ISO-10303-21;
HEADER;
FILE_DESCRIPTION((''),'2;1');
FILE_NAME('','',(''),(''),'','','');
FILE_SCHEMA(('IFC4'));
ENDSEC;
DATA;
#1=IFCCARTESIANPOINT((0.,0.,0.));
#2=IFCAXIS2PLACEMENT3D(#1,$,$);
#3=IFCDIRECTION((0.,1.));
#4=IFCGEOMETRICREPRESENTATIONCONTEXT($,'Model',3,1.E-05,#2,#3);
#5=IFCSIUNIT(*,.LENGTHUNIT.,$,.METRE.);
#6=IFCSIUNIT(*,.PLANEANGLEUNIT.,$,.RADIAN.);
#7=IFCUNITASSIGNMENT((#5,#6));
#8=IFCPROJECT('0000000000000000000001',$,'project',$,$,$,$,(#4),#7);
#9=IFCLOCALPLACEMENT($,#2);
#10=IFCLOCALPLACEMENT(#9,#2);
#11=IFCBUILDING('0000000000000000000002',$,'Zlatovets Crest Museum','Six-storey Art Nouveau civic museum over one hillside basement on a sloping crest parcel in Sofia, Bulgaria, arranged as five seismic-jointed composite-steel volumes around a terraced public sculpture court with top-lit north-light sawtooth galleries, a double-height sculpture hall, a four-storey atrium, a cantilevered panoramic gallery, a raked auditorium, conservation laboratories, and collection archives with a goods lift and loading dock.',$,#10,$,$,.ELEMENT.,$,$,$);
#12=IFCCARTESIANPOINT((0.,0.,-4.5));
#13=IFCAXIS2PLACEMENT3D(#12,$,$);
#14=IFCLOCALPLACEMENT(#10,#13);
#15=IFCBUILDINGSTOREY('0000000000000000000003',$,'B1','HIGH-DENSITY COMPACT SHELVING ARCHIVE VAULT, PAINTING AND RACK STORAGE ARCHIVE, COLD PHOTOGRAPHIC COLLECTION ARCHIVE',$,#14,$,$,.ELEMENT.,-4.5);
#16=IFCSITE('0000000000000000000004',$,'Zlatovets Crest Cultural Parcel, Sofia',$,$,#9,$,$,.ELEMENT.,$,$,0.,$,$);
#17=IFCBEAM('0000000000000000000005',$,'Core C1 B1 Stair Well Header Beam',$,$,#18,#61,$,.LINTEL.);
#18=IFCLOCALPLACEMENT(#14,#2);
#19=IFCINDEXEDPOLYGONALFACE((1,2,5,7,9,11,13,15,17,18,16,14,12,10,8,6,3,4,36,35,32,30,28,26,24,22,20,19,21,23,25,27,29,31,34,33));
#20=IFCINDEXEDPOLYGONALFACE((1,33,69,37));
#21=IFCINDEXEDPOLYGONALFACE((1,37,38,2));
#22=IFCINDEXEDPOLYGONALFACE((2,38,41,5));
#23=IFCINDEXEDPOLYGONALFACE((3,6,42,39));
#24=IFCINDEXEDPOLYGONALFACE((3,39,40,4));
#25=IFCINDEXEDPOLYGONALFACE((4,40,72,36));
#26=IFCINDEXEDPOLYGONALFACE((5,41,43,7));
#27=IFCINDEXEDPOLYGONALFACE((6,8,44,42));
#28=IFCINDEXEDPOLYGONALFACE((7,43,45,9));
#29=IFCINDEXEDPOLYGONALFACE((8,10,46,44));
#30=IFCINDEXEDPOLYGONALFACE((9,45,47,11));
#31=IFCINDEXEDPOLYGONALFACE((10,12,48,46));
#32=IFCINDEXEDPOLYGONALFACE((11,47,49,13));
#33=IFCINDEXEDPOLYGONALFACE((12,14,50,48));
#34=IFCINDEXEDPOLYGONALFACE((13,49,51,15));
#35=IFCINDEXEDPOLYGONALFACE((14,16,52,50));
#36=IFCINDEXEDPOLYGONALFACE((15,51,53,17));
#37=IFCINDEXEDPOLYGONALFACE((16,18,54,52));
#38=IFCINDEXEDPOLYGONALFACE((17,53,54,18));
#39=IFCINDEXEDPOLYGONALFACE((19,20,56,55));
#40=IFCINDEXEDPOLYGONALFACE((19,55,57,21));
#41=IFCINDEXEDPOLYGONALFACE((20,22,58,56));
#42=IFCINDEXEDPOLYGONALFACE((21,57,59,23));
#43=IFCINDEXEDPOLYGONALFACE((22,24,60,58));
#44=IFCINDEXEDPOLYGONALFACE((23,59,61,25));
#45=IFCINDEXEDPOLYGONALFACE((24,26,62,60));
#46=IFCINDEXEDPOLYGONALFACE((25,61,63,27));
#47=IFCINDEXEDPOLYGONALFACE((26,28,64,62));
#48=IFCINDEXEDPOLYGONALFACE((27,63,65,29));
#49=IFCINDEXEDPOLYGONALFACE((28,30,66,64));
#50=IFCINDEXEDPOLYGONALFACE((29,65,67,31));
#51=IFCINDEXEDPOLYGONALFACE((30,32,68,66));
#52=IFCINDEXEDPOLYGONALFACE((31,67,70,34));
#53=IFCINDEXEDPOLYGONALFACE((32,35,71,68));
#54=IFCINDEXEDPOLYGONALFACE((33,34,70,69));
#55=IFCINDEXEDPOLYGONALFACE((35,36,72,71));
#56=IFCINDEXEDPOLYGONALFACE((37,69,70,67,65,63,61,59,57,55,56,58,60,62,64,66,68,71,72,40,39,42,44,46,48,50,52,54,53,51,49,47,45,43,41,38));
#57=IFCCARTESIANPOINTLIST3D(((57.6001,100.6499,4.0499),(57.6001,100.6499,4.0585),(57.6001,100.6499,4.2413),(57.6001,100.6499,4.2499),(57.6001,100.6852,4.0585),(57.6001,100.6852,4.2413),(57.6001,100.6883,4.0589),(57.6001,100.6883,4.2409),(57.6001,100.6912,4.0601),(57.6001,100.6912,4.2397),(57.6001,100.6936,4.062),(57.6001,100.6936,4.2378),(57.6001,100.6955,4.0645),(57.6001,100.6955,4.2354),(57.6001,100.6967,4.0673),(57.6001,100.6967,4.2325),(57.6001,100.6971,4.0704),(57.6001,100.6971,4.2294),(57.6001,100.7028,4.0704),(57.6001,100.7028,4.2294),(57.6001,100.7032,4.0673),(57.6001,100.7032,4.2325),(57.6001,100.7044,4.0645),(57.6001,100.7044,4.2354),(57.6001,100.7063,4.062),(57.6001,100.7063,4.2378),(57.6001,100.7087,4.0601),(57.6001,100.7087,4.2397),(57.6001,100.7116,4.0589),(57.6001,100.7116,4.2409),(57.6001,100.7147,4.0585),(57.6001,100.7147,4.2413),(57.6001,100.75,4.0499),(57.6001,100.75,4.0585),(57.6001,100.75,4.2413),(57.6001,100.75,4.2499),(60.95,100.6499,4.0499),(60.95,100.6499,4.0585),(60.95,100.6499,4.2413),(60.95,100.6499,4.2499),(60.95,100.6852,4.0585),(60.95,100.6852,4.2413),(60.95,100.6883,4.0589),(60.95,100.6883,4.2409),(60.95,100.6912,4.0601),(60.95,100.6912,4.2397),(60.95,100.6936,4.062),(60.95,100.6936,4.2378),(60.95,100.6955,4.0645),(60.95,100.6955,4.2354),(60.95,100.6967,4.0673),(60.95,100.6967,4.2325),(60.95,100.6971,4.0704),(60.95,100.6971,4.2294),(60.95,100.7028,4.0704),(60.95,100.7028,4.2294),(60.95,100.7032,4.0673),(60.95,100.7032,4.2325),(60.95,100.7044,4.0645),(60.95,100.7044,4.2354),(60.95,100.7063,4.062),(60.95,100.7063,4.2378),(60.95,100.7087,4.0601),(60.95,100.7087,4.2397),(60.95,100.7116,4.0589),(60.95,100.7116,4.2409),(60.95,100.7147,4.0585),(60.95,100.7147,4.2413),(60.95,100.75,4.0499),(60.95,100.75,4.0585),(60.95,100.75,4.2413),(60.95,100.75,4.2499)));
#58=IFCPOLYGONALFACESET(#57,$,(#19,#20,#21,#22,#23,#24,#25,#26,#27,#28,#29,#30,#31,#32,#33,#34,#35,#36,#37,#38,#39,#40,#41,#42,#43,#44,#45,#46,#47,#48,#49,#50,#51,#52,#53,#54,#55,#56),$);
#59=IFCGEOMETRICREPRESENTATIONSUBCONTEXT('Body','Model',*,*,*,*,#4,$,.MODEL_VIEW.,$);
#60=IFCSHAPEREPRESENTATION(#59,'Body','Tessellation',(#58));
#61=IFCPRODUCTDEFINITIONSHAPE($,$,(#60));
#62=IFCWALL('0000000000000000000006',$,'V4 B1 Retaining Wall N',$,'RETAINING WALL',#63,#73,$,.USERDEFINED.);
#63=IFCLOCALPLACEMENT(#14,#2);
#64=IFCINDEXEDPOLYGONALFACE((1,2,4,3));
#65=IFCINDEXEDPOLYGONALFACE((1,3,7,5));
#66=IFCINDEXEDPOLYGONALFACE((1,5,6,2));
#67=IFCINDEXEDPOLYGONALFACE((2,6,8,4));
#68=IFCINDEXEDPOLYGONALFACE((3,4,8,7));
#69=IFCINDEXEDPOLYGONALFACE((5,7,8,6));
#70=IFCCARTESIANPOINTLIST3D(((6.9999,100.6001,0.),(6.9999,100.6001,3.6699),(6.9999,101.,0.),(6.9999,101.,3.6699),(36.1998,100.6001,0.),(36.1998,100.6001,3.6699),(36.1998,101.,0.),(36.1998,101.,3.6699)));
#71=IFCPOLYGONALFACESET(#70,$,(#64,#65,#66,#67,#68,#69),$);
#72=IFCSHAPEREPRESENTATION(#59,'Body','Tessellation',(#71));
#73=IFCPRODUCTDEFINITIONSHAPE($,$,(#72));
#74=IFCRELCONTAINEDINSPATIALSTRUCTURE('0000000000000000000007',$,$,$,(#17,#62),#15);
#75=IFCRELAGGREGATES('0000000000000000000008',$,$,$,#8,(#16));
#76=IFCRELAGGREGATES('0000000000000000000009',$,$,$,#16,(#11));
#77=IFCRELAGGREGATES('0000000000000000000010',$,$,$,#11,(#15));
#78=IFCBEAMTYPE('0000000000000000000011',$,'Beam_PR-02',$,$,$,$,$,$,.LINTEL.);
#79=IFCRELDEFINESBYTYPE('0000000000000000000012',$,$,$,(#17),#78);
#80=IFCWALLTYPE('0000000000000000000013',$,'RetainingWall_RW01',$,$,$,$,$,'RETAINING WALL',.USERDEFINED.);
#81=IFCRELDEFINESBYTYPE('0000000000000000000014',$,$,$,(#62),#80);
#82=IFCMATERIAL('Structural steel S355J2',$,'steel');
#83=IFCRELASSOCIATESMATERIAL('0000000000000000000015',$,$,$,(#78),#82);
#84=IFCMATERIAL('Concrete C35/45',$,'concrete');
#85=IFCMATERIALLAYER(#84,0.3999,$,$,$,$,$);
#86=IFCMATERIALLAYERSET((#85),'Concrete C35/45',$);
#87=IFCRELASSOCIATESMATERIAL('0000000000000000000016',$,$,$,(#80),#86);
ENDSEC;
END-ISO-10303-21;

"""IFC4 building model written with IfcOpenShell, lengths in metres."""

from ifc_helpers import new_model, si_unit, direction, frame, frame_2d, origin, origin_2d, place, context, subcontext, project, spatial, rectangle, i_section, extrude, material, layer, layer_set, material_profile, profile_set, type_object, element, save


model = new_model("IFC4")

# Units and contexts
model_context = context("Model", 3, precision=1e-05, world=origin(), true_north=direction((0.0, 1.0)))
body_context = subcontext(model_context, "Body", "Model", "MODEL_VIEW")
ifc_project = project(units=[si_unit("LENGTHUNIT", "METRE"), si_unit("PLANEANGLEUNIT", "RADIAN")], contexts=[model_context])

# Site, building, storey
site_placement = place(None, origin())
site = spatial("IfcSite", under=ifc_project, at=site_placement, Name="Zlatovets Crest Cultural Parcel, Sofia", CompositionType="ELEMENT", RefElevation=0.0)
building_placement = place(site_placement, origin())
building = spatial("IfcBuilding", under=site, at=building_placement, Name="Zlatovets Crest Museum", Description="Six-storey Art Nouveau civic museum over one hillside basement on a sloping crest parcel in Sofia, Bulgaria, arranged as five seismic-jointed composite-steel volumes around a terraced public sculpture court with top-lit north-light sawtooth galleries, a double-height sculpture hall, a four-storey atrium, a cantilevered panoramic gallery, a raked auditorium, conservation laboratories, and collection archives with a goods lift and loading dock.", CompositionType="ELEMENT")
storey_placement = place(building_placement, frame((0.0, 0.0, -4.5)))
storey = spatial("IfcBuildingStorey", under=building, at=storey_placement, Name="B1", Description="HIGH-DENSITY COMPACT SHELVING ARCHIVE VAULT, PAINTING AND RACK STORAGE ARCHIVE, COLD PHOTOGRAPHIC COLLECTION ARCHIVE", CompositionType="ELEMENT", Elevation=-4.5)

# Shared definitions
ifc_material_1 = material(Name="Concrete C35/45", Category="concrete")

# Shared definitions
ifc_material_2 = material(Name="Structural steel S355J2", Category="steel")

# Beam
ifc_material_profile_1 = material_profile(ifc_material_2, i_section(OverallWidth=0.1001, OverallDepth=0.2, WebThickness=0.0056, FlangeThickness=0.0085, FilletRadius=0.012, at=origin_2d()), Name="IPE 200")
ifc_profile_set_1 = profile_set([ifc_material_profile_1], Name="Structural steel S355J2")
beam_type = type_object("IfcBeamType", Name="Beam_PR-02", PredefinedType="LINTEL", material=ifc_profile_set_1)
beam_placement = place(storey_placement, frame((57.6001, 100.7, 4.1499), z_axis=(1.0, 0.0, 0.0), x_axis=(0.0, 1.0, 0.0)))
element("IfcBeam", 1, at=beam_placement, inside=storey, type_object=beam_type, Name="Core C1 B1 Stair Well Header Beam", PredefinedType="LINTEL", context=body_context, shape_type="SweptSolid", body=[
    extrude(i_section(OverallWidth=0.1001, OverallDepth=0.2, WebThickness=0.0056, FlangeThickness=0.0085, FilletRadius=0.012, at=origin_2d()), origin(), (0.0, 0.0, 1.0), 3.3499),
])

# Wall
ifc_layer = layer(ifc_material_1, 0.3999)
ifc_layer_set = layer_set([ifc_layer], Name="Concrete C35/45")
wall_type = type_object("IfcWallType", Name="RetainingWall_RW01", ElementType="RETAINING WALL", PredefinedType="USERDEFINED", material=ifc_layer_set)
wall_placement = place(storey_placement, frame((36.2, 100.8, 0.0), z_axis=(0.0, 0.0, 1.0), x_axis=(-1.0, 0.0, 0.0)))
element("IfcWall", 2, at=wall_placement, inside=storey, type_object=wall_type, Name="V4 B1 Retaining Wall N", ObjectType="RETAINING WALL", PredefinedType="USERDEFINED", context=body_context, shape_type="SweptSolid", body=[
    extrude(rectangle(XDim=29.2, YDim=0.3999, at=frame_2d((14.6001, 0.0))), origin(), (0.0, 0.0, 1.0), 3.6699),
])

save(model, "model.ifc")
